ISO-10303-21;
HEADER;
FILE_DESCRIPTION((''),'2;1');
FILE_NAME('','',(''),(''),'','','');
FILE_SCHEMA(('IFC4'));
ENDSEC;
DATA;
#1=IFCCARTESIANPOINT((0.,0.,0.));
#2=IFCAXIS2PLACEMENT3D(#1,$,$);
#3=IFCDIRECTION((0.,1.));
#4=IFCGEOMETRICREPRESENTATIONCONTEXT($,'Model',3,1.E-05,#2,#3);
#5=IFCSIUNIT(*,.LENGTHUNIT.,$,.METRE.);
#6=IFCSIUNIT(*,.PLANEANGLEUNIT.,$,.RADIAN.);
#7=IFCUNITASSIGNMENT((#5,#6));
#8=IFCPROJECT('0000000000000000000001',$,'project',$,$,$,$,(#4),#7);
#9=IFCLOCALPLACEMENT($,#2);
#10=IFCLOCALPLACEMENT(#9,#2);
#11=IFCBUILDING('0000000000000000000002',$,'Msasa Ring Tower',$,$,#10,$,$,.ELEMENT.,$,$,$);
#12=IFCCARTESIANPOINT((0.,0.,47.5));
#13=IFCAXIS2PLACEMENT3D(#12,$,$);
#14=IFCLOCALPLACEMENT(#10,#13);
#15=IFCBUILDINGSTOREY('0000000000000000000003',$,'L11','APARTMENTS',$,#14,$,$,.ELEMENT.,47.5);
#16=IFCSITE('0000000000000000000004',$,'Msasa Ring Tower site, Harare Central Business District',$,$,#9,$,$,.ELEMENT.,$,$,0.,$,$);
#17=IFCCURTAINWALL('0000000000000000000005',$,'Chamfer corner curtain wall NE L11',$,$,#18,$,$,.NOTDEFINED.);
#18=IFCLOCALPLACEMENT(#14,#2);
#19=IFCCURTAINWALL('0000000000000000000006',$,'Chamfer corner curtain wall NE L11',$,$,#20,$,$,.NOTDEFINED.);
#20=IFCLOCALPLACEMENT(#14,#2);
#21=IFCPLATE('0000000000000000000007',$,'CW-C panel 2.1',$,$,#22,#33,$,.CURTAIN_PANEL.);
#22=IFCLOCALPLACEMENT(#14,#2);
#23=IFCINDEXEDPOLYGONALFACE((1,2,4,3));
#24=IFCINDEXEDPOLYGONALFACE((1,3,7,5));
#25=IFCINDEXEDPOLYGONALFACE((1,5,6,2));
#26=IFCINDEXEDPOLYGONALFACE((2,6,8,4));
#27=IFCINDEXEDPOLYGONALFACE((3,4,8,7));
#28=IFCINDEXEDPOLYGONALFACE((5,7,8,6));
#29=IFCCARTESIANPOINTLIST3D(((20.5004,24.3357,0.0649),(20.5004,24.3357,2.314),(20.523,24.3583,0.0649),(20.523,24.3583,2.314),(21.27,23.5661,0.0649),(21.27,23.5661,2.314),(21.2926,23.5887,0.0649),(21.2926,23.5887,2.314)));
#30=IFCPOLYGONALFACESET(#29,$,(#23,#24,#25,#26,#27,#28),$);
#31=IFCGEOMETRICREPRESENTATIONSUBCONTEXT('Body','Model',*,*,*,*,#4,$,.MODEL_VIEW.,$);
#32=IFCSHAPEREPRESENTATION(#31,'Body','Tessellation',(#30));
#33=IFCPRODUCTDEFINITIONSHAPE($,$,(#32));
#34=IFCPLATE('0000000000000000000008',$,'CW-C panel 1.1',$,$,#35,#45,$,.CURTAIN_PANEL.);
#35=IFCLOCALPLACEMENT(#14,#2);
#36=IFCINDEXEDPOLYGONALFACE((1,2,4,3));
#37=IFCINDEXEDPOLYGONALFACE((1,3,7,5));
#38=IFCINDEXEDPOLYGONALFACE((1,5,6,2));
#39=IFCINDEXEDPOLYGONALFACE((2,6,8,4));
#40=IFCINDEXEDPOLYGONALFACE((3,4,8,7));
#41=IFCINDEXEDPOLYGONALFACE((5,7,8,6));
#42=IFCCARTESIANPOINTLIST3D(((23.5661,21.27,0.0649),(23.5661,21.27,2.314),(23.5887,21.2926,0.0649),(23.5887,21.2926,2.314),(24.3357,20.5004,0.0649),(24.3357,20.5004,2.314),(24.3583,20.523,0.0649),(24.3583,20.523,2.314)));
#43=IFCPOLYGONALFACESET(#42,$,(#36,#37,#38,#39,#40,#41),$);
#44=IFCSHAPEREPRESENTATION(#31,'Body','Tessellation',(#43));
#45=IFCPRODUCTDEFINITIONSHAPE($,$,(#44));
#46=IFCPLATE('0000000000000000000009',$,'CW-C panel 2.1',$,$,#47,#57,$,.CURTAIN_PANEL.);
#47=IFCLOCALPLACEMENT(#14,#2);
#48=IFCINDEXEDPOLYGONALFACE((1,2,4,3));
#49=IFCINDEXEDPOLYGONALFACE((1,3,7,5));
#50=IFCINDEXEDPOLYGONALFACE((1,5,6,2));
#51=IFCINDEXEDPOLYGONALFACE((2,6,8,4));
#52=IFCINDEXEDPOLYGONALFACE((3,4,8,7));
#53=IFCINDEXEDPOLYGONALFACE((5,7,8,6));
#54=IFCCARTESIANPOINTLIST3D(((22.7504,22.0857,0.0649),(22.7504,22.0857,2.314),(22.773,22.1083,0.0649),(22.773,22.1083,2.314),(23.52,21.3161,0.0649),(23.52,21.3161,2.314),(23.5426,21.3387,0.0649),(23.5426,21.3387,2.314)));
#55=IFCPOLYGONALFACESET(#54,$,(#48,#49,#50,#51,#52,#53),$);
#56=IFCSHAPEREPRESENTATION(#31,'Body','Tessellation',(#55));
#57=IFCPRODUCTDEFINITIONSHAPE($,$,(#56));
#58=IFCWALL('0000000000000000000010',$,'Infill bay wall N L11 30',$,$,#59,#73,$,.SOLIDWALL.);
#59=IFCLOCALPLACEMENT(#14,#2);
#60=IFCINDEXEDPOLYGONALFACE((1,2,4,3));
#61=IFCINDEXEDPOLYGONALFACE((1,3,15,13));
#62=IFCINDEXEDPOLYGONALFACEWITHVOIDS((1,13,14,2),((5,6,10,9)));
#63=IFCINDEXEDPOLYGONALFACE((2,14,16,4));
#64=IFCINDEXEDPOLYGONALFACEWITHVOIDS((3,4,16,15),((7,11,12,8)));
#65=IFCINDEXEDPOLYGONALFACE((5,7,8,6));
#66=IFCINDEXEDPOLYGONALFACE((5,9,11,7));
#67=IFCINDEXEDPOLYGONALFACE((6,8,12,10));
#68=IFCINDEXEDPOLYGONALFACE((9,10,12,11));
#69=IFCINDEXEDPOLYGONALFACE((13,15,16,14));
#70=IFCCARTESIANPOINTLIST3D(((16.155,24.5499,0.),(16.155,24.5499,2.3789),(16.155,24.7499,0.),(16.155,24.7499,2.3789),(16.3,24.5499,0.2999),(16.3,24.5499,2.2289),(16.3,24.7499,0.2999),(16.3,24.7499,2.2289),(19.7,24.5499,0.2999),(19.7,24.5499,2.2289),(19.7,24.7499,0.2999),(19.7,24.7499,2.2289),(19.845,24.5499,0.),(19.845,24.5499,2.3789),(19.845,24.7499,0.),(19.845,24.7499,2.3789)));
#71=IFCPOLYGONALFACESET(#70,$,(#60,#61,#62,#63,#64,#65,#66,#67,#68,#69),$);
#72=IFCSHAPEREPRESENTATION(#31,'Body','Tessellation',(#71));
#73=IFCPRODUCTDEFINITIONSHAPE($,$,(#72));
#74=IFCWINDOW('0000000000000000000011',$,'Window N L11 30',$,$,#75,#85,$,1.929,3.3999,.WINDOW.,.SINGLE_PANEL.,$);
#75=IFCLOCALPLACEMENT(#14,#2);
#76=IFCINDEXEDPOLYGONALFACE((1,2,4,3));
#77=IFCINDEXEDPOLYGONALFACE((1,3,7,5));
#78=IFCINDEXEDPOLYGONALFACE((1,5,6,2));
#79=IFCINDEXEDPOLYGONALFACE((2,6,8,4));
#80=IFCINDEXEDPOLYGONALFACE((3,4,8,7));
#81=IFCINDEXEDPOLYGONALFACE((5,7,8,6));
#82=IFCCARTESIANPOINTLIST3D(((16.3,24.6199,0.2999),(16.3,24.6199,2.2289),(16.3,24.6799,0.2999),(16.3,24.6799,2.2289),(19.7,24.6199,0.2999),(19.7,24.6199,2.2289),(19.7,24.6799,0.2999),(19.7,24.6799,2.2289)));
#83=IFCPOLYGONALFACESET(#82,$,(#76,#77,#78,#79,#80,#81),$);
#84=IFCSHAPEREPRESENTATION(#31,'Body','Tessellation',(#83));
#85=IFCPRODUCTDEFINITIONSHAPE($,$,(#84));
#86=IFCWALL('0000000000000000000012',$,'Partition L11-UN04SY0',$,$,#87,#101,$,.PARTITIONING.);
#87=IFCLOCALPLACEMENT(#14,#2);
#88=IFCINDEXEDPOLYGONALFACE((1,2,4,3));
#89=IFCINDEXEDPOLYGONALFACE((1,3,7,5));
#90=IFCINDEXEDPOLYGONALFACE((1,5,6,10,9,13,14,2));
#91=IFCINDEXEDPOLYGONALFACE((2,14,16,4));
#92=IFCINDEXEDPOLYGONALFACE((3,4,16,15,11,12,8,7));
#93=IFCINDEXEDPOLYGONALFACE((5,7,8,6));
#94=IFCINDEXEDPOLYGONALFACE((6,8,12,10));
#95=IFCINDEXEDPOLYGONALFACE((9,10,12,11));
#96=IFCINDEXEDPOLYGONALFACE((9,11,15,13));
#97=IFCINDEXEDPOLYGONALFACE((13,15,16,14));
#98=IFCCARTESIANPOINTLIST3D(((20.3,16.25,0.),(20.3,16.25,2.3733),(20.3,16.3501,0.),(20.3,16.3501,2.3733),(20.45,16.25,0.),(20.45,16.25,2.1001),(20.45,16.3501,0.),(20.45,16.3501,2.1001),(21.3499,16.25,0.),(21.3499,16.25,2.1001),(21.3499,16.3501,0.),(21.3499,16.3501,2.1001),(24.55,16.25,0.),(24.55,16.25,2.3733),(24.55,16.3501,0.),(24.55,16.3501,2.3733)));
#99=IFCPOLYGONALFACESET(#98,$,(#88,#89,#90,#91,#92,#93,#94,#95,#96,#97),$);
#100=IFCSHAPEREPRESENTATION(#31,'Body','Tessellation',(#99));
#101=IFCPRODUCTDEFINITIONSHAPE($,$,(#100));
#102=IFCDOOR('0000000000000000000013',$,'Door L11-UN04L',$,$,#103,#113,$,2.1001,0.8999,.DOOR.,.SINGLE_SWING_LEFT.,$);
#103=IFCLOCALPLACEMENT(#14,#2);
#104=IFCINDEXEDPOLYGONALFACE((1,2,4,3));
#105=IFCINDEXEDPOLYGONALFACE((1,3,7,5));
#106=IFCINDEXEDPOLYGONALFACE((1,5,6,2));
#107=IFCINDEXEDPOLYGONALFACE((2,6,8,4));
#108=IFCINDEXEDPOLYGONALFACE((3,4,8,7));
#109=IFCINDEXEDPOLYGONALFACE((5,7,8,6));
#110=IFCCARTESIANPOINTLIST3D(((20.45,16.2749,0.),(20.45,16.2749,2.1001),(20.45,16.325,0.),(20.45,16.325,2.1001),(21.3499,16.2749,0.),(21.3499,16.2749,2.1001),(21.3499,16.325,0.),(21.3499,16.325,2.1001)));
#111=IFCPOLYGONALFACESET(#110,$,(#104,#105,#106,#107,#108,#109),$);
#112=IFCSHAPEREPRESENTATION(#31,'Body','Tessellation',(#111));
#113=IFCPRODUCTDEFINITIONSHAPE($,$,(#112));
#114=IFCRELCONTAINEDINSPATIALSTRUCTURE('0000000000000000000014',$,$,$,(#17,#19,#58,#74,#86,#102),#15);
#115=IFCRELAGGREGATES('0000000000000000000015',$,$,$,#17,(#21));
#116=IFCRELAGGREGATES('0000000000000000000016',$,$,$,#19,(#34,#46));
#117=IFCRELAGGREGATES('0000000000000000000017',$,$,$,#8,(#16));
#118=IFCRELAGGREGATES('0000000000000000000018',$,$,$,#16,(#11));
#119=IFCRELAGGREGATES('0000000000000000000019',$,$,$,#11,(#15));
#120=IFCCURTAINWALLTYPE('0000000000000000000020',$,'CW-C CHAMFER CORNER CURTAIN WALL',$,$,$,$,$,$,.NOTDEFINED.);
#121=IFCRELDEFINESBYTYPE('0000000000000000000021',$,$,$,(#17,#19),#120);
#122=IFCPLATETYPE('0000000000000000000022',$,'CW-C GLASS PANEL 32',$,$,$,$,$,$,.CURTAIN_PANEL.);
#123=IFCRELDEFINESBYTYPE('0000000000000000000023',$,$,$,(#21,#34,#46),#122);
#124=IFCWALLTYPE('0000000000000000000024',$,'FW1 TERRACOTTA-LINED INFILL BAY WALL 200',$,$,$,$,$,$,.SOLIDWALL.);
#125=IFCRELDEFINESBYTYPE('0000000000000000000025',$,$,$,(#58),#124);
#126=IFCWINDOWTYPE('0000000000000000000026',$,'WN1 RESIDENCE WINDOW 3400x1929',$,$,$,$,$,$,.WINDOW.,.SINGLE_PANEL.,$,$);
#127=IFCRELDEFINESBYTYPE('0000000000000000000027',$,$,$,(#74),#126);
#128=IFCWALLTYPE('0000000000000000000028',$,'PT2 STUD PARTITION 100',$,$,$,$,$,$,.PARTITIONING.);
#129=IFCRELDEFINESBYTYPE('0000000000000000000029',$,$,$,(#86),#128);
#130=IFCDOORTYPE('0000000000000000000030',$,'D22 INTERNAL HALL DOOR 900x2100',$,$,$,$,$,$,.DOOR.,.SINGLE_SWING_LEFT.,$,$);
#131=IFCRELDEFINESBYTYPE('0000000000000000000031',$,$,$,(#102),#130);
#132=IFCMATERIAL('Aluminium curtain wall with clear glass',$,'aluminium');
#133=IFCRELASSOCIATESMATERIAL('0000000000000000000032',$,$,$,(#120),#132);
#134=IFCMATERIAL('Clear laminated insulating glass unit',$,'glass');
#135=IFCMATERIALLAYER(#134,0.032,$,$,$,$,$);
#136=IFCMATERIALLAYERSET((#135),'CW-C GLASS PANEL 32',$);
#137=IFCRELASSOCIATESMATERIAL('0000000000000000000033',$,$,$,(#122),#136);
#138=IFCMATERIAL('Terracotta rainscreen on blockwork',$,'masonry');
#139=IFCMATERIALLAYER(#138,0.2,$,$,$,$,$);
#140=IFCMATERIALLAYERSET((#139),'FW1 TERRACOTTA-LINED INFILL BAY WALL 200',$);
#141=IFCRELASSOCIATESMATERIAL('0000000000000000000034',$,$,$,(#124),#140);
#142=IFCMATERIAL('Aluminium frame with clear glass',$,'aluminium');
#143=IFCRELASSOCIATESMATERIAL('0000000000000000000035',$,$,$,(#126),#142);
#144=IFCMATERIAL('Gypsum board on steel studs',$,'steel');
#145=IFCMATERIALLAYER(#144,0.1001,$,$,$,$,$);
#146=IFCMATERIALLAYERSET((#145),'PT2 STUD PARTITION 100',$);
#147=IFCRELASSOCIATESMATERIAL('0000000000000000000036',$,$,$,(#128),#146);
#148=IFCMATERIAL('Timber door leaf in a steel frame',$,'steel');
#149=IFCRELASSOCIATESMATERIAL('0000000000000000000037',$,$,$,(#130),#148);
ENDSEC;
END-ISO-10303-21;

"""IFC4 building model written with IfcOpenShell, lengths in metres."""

from ifc_helpers import new_model, si_unit, direction, frame, frame_2d, origin, origin_2d, place, context, subcontext, project, spatial, rectangle, extrude, material, layer, layer_set, type_object, element, fill, aggregate, save


model = new_model("IFC4")

# Units and contexts
model_context = context("Model", 3, precision=1e-05, world=origin(), true_north=direction((0.0, 1.0)))
body_context = subcontext(model_context, "Body", "Model", "MODEL_VIEW")
ifc_project = project(units=[si_unit("LENGTHUNIT", "METRE"), si_unit("PLANEANGLEUNIT", "RADIAN")], contexts=[model_context])

# Site, building, storey
site_placement = place(None, origin())
site = spatial("IfcSite", under=ifc_project, at=site_placement, Name="Msasa Ring Tower site, Harare Central Business District", CompositionType="ELEMENT", RefElevation=0.0)
building_placement = place(site_placement, origin())
building = spatial("IfcBuilding", under=site, at=building_placement, Name="Msasa Ring Tower", CompositionType="ELEMENT")
storey_placement = place(building_placement, frame((0.0, 0.0, 47.5)))
storey = spatial("IfcBuildingStorey", under=building, at=storey_placement, Name="L11", Description="APARTMENTS", CompositionType="ELEMENT", Elevation=47.5)

# Curtain walls
ifc_material_1 = material(Name="Aluminium curtain wall with clear glass", Category="aluminium")
curtain_wall_type = type_object("IfcCurtainWallType", Name="CW-C CHAMFER CORNER CURTAIN WALL", PredefinedType="NOTDEFINED", material=ifc_material_1)
curtain_wall_1_placement = place(storey_placement, origin())
curtain_wall_1 = element("IfcCurtainWall", 1, at=curtain_wall_1_placement, inside=storey, type_object=curtain_wall_type, Name="Chamfer corner curtain wall NE L11", PredefinedType="NOTDEFINED")
curtain_wall_2_placement = place(storey_placement, origin())
curtain_wall_2 = element("IfcCurtainWall", 2, at=curtain_wall_2_placement, inside=storey, type_object=curtain_wall_type, Name="Chamfer corner curtain wall NE L11", PredefinedType="NOTDEFINED")

# Plates
ifc_material_2 = material(Name="Clear laminated insulating glass unit", Category="glass")
ifc_layer_1 = layer(ifc_material_2, 0.032)
ifc_layer_set_1 = layer_set([ifc_layer_1], Name="CW-C GLASS PANEL 32")
plate_type = type_object("IfcPlateType", Name="CW-C GLASS PANEL 32", PredefinedType="CURTAIN_PANEL", material=ifc_layer_set_1)
plate_1_placement = place(storey_placement, frame((20.8965, 23.9622, 0.0649), z_axis=(0.0, 0.0, 1.0), x_axis=(-0.707107, 0.707107, 0.0)))
plate_1 = element("IfcPlate", 3, at=plate_1_placement, type_object=plate_type, Name="CW-C panel 2.1", PredefinedType="CURTAIN_PANEL", context=body_context, shape_type="SweptSolid", body=[
    extrude(rectangle(XDim=1.0884, YDim=0.032, at=origin_2d()), origin(), (0.0, 0.0, 1.0), 2.249),
])
aggregate(curtain_wall_1, [plate_1])
plate_2_placement = place(storey_placement, frame((23.9622, 20.8965, 0.0649), z_axis=(0.0, 0.0, 1.0), x_axis=(-0.707107, 0.707107, 0.0)))
plate_2 = element("IfcPlate", 4, at=plate_2_placement, type_object=plate_type, Name="CW-C panel 1.1", PredefinedType="CURTAIN_PANEL", context=body_context, shape_type="SweptSolid", body=[
    extrude(rectangle(XDim=1.0884, YDim=0.032, at=origin_2d()), origin(), (0.0, 0.0, 1.0), 2.249),
])
plate_3_placement = place(storey_placement, frame((23.1465, 21.7122, 0.0649), z_axis=(0.0, 0.0, 1.0), x_axis=(-0.707107, 0.707107, 0.0)))
plate_3 = element("IfcPlate", 5, at=plate_3_placement, type_object=plate_type, Name="CW-C panel 2.1", PredefinedType="CURTAIN_PANEL", context=body_context, shape_type="SweptSolid", body=[
    extrude(rectangle(XDim=1.0884, YDim=0.032, at=origin_2d()), origin(), (0.0, 0.0, 1.0), 2.249),
])
aggregate(curtain_wall_2, [plate_2, plate_3])

# Wall, opening, window
ifc_material_3 = material(Name="Terracotta rainscreen on blockwork", Category="masonry")
ifc_layer_2 = layer(ifc_material_3, 0.2)
ifc_layer_set_2 = layer_set([ifc_layer_2], Name="FW1 TERRACOTTA-LINED INFILL BAY WALL 200")
wall_type_1 = type_object("IfcWallType", Name="FW1 TERRACOTTA-LINED INFILL BAY WALL 200", PredefinedType="SOLIDWALL", material=ifc_layer_set_2)
wall_1_placement = place(storey_placement, frame((16.155, 24.6499, 0.0), z_axis=(0.0, 0.0, 1.0), x_axis=(1.0, 0.0, 0.0)))
wall_1 = element("IfcWall", 6, at=wall_1_placement, inside=storey, type_object=wall_type_1, Name="Infill bay wall N L11 30", PredefinedType="SOLIDWALL", context=body_context, shape_type="SweptSolid", body=[
    extrude(rectangle(XDim=3.6899, YDim=0.2, at=frame_2d((1.845, 0.0))), origin(), (0.0, 0.0, 1.0), 2.3789),
])
opening_1_placement = place(wall_1_placement, frame((0.145, 0.0, 0.3)))
opening_1 = element("IfcOpeningElement", 7, at=opening_1_placement, cuts=wall_1, PredefinedType="OPENING", context=body_context, shape_type="SweptSolid", body=[
    extrude(rectangle(XDim=3.3999, YDim=1.929, at=frame_2d((1.7, 0.9644))), frame((0.0, 0.1099, 0.0), z_axis=(0.0, -1.0, 0.0), x_axis=(1.0, 0.0, 0.0)), (0.0, 0.0, 1.0), 0.22),
])
ifc_material_4 = material(Name="Aluminium frame with clear glass", Category="aluminium")
window_type = type_object("IfcWindowType", Name="WN1 RESIDENCE WINDOW 3400x1929", PartitioningType="SINGLE_PANEL", PredefinedType="WINDOW", material=ifc_material_4)
window_placement = place(opening_1_placement, origin())
window = element("IfcWindow", 8, at=window_placement, inside=storey, type_object=window_type, Name="Window N L11 30", OverallHeight=1.929, OverallWidth=3.3999, PartitioningType="SINGLE_PANEL", PredefinedType="WINDOW", context=body_context, shape_type="SweptSolid", body=[
    extrude(rectangle(XDim=3.3999, YDim=1.929, at=frame_2d((1.7, 0.9644))), frame((0.0, 0.03, 0.0), z_axis=(0.0, -1.0, 0.0), x_axis=(1.0, 0.0, 0.0)), (0.0, 0.0, 1.0), 0.0601),
])
fill(opening_1, window)

# Wall, opening, door
ifc_material_5 = material(Name="Gypsum board on steel studs", Category="steel")
ifc_layer_3 = layer(ifc_material_5, 0.1001)
ifc_layer_set_3 = layer_set([ifc_layer_3], Name="PT2 STUD PARTITION 100")
wall_type_2 = type_object("IfcWallType", Name="PT2 STUD PARTITION 100", PredefinedType="PARTITIONING", material=ifc_layer_set_3)
wall_2_placement = place(storey_placement, frame((20.3, 16.3, 0.0), z_axis=(0.0, 0.0, 1.0), x_axis=(1.0, 0.0, 0.0)))
wall_2 = element("IfcWall", 9, at=wall_2_placement, inside=storey, type_object=wall_type_2, Name="Partition L11-UN04SY0", PredefinedType="PARTITIONING", context=body_context, shape_type="SweptSolid", body=[
    extrude(rectangle(XDim=4.25, YDim=0.1001, at=frame_2d((2.125, 0.0))), origin(), (0.0, 0.0, 1.0), 2.3733),
])
opening_2_placement = place(wall_2_placement, frame((0.1499, 0.0, 0.0)))
opening_2 = element("IfcOpeningElement", 10, at=opening_2_placement, cuts=wall_2, PredefinedType="OPENING", context=body_context, shape_type="SweptSolid", body=[
    extrude(rectangle(XDim=0.8999, YDim=2.1001, at=frame_2d((0.45, 1.05))), frame((0.0, 0.0601, 0.0), z_axis=(0.0, -1.0, 0.0), x_axis=(1.0, 0.0, 0.0)), (0.0, 0.0, 1.0), 0.1201),
])
ifc_material_6 = material(Name="Timber door leaf in a steel frame", Category="steel")
door_type = type_object("IfcDoorType", Name="D22 INTERNAL HALL DOOR 900x2100", OperationType="SINGLE_SWING_LEFT", PredefinedType="DOOR", material=ifc_material_6)
door_placement = place(opening_2_placement, origin())
door = element("IfcDoor", 11, at=door_placement, inside=storey, type_object=door_type, Name="Door L11-UN04L", OperationType="SINGLE_SWING_LEFT", OverallHeight=2.1001, OverallWidth=0.8999, PredefinedType="DOOR", context=body_context, shape_type="SweptSolid", body=[
    extrude(rectangle(XDim=0.8999, YDim=2.1001, at=frame_2d((0.45, 1.05))), frame((0.0, 0.0249, 0.0), z_axis=(0.0, -1.0, 0.0), x_axis=(1.0, 0.0, 0.0)), (0.0, 0.0, 1.0), 0.05),
])
fill(opening_2, door)

save(model, "model.ifc")
